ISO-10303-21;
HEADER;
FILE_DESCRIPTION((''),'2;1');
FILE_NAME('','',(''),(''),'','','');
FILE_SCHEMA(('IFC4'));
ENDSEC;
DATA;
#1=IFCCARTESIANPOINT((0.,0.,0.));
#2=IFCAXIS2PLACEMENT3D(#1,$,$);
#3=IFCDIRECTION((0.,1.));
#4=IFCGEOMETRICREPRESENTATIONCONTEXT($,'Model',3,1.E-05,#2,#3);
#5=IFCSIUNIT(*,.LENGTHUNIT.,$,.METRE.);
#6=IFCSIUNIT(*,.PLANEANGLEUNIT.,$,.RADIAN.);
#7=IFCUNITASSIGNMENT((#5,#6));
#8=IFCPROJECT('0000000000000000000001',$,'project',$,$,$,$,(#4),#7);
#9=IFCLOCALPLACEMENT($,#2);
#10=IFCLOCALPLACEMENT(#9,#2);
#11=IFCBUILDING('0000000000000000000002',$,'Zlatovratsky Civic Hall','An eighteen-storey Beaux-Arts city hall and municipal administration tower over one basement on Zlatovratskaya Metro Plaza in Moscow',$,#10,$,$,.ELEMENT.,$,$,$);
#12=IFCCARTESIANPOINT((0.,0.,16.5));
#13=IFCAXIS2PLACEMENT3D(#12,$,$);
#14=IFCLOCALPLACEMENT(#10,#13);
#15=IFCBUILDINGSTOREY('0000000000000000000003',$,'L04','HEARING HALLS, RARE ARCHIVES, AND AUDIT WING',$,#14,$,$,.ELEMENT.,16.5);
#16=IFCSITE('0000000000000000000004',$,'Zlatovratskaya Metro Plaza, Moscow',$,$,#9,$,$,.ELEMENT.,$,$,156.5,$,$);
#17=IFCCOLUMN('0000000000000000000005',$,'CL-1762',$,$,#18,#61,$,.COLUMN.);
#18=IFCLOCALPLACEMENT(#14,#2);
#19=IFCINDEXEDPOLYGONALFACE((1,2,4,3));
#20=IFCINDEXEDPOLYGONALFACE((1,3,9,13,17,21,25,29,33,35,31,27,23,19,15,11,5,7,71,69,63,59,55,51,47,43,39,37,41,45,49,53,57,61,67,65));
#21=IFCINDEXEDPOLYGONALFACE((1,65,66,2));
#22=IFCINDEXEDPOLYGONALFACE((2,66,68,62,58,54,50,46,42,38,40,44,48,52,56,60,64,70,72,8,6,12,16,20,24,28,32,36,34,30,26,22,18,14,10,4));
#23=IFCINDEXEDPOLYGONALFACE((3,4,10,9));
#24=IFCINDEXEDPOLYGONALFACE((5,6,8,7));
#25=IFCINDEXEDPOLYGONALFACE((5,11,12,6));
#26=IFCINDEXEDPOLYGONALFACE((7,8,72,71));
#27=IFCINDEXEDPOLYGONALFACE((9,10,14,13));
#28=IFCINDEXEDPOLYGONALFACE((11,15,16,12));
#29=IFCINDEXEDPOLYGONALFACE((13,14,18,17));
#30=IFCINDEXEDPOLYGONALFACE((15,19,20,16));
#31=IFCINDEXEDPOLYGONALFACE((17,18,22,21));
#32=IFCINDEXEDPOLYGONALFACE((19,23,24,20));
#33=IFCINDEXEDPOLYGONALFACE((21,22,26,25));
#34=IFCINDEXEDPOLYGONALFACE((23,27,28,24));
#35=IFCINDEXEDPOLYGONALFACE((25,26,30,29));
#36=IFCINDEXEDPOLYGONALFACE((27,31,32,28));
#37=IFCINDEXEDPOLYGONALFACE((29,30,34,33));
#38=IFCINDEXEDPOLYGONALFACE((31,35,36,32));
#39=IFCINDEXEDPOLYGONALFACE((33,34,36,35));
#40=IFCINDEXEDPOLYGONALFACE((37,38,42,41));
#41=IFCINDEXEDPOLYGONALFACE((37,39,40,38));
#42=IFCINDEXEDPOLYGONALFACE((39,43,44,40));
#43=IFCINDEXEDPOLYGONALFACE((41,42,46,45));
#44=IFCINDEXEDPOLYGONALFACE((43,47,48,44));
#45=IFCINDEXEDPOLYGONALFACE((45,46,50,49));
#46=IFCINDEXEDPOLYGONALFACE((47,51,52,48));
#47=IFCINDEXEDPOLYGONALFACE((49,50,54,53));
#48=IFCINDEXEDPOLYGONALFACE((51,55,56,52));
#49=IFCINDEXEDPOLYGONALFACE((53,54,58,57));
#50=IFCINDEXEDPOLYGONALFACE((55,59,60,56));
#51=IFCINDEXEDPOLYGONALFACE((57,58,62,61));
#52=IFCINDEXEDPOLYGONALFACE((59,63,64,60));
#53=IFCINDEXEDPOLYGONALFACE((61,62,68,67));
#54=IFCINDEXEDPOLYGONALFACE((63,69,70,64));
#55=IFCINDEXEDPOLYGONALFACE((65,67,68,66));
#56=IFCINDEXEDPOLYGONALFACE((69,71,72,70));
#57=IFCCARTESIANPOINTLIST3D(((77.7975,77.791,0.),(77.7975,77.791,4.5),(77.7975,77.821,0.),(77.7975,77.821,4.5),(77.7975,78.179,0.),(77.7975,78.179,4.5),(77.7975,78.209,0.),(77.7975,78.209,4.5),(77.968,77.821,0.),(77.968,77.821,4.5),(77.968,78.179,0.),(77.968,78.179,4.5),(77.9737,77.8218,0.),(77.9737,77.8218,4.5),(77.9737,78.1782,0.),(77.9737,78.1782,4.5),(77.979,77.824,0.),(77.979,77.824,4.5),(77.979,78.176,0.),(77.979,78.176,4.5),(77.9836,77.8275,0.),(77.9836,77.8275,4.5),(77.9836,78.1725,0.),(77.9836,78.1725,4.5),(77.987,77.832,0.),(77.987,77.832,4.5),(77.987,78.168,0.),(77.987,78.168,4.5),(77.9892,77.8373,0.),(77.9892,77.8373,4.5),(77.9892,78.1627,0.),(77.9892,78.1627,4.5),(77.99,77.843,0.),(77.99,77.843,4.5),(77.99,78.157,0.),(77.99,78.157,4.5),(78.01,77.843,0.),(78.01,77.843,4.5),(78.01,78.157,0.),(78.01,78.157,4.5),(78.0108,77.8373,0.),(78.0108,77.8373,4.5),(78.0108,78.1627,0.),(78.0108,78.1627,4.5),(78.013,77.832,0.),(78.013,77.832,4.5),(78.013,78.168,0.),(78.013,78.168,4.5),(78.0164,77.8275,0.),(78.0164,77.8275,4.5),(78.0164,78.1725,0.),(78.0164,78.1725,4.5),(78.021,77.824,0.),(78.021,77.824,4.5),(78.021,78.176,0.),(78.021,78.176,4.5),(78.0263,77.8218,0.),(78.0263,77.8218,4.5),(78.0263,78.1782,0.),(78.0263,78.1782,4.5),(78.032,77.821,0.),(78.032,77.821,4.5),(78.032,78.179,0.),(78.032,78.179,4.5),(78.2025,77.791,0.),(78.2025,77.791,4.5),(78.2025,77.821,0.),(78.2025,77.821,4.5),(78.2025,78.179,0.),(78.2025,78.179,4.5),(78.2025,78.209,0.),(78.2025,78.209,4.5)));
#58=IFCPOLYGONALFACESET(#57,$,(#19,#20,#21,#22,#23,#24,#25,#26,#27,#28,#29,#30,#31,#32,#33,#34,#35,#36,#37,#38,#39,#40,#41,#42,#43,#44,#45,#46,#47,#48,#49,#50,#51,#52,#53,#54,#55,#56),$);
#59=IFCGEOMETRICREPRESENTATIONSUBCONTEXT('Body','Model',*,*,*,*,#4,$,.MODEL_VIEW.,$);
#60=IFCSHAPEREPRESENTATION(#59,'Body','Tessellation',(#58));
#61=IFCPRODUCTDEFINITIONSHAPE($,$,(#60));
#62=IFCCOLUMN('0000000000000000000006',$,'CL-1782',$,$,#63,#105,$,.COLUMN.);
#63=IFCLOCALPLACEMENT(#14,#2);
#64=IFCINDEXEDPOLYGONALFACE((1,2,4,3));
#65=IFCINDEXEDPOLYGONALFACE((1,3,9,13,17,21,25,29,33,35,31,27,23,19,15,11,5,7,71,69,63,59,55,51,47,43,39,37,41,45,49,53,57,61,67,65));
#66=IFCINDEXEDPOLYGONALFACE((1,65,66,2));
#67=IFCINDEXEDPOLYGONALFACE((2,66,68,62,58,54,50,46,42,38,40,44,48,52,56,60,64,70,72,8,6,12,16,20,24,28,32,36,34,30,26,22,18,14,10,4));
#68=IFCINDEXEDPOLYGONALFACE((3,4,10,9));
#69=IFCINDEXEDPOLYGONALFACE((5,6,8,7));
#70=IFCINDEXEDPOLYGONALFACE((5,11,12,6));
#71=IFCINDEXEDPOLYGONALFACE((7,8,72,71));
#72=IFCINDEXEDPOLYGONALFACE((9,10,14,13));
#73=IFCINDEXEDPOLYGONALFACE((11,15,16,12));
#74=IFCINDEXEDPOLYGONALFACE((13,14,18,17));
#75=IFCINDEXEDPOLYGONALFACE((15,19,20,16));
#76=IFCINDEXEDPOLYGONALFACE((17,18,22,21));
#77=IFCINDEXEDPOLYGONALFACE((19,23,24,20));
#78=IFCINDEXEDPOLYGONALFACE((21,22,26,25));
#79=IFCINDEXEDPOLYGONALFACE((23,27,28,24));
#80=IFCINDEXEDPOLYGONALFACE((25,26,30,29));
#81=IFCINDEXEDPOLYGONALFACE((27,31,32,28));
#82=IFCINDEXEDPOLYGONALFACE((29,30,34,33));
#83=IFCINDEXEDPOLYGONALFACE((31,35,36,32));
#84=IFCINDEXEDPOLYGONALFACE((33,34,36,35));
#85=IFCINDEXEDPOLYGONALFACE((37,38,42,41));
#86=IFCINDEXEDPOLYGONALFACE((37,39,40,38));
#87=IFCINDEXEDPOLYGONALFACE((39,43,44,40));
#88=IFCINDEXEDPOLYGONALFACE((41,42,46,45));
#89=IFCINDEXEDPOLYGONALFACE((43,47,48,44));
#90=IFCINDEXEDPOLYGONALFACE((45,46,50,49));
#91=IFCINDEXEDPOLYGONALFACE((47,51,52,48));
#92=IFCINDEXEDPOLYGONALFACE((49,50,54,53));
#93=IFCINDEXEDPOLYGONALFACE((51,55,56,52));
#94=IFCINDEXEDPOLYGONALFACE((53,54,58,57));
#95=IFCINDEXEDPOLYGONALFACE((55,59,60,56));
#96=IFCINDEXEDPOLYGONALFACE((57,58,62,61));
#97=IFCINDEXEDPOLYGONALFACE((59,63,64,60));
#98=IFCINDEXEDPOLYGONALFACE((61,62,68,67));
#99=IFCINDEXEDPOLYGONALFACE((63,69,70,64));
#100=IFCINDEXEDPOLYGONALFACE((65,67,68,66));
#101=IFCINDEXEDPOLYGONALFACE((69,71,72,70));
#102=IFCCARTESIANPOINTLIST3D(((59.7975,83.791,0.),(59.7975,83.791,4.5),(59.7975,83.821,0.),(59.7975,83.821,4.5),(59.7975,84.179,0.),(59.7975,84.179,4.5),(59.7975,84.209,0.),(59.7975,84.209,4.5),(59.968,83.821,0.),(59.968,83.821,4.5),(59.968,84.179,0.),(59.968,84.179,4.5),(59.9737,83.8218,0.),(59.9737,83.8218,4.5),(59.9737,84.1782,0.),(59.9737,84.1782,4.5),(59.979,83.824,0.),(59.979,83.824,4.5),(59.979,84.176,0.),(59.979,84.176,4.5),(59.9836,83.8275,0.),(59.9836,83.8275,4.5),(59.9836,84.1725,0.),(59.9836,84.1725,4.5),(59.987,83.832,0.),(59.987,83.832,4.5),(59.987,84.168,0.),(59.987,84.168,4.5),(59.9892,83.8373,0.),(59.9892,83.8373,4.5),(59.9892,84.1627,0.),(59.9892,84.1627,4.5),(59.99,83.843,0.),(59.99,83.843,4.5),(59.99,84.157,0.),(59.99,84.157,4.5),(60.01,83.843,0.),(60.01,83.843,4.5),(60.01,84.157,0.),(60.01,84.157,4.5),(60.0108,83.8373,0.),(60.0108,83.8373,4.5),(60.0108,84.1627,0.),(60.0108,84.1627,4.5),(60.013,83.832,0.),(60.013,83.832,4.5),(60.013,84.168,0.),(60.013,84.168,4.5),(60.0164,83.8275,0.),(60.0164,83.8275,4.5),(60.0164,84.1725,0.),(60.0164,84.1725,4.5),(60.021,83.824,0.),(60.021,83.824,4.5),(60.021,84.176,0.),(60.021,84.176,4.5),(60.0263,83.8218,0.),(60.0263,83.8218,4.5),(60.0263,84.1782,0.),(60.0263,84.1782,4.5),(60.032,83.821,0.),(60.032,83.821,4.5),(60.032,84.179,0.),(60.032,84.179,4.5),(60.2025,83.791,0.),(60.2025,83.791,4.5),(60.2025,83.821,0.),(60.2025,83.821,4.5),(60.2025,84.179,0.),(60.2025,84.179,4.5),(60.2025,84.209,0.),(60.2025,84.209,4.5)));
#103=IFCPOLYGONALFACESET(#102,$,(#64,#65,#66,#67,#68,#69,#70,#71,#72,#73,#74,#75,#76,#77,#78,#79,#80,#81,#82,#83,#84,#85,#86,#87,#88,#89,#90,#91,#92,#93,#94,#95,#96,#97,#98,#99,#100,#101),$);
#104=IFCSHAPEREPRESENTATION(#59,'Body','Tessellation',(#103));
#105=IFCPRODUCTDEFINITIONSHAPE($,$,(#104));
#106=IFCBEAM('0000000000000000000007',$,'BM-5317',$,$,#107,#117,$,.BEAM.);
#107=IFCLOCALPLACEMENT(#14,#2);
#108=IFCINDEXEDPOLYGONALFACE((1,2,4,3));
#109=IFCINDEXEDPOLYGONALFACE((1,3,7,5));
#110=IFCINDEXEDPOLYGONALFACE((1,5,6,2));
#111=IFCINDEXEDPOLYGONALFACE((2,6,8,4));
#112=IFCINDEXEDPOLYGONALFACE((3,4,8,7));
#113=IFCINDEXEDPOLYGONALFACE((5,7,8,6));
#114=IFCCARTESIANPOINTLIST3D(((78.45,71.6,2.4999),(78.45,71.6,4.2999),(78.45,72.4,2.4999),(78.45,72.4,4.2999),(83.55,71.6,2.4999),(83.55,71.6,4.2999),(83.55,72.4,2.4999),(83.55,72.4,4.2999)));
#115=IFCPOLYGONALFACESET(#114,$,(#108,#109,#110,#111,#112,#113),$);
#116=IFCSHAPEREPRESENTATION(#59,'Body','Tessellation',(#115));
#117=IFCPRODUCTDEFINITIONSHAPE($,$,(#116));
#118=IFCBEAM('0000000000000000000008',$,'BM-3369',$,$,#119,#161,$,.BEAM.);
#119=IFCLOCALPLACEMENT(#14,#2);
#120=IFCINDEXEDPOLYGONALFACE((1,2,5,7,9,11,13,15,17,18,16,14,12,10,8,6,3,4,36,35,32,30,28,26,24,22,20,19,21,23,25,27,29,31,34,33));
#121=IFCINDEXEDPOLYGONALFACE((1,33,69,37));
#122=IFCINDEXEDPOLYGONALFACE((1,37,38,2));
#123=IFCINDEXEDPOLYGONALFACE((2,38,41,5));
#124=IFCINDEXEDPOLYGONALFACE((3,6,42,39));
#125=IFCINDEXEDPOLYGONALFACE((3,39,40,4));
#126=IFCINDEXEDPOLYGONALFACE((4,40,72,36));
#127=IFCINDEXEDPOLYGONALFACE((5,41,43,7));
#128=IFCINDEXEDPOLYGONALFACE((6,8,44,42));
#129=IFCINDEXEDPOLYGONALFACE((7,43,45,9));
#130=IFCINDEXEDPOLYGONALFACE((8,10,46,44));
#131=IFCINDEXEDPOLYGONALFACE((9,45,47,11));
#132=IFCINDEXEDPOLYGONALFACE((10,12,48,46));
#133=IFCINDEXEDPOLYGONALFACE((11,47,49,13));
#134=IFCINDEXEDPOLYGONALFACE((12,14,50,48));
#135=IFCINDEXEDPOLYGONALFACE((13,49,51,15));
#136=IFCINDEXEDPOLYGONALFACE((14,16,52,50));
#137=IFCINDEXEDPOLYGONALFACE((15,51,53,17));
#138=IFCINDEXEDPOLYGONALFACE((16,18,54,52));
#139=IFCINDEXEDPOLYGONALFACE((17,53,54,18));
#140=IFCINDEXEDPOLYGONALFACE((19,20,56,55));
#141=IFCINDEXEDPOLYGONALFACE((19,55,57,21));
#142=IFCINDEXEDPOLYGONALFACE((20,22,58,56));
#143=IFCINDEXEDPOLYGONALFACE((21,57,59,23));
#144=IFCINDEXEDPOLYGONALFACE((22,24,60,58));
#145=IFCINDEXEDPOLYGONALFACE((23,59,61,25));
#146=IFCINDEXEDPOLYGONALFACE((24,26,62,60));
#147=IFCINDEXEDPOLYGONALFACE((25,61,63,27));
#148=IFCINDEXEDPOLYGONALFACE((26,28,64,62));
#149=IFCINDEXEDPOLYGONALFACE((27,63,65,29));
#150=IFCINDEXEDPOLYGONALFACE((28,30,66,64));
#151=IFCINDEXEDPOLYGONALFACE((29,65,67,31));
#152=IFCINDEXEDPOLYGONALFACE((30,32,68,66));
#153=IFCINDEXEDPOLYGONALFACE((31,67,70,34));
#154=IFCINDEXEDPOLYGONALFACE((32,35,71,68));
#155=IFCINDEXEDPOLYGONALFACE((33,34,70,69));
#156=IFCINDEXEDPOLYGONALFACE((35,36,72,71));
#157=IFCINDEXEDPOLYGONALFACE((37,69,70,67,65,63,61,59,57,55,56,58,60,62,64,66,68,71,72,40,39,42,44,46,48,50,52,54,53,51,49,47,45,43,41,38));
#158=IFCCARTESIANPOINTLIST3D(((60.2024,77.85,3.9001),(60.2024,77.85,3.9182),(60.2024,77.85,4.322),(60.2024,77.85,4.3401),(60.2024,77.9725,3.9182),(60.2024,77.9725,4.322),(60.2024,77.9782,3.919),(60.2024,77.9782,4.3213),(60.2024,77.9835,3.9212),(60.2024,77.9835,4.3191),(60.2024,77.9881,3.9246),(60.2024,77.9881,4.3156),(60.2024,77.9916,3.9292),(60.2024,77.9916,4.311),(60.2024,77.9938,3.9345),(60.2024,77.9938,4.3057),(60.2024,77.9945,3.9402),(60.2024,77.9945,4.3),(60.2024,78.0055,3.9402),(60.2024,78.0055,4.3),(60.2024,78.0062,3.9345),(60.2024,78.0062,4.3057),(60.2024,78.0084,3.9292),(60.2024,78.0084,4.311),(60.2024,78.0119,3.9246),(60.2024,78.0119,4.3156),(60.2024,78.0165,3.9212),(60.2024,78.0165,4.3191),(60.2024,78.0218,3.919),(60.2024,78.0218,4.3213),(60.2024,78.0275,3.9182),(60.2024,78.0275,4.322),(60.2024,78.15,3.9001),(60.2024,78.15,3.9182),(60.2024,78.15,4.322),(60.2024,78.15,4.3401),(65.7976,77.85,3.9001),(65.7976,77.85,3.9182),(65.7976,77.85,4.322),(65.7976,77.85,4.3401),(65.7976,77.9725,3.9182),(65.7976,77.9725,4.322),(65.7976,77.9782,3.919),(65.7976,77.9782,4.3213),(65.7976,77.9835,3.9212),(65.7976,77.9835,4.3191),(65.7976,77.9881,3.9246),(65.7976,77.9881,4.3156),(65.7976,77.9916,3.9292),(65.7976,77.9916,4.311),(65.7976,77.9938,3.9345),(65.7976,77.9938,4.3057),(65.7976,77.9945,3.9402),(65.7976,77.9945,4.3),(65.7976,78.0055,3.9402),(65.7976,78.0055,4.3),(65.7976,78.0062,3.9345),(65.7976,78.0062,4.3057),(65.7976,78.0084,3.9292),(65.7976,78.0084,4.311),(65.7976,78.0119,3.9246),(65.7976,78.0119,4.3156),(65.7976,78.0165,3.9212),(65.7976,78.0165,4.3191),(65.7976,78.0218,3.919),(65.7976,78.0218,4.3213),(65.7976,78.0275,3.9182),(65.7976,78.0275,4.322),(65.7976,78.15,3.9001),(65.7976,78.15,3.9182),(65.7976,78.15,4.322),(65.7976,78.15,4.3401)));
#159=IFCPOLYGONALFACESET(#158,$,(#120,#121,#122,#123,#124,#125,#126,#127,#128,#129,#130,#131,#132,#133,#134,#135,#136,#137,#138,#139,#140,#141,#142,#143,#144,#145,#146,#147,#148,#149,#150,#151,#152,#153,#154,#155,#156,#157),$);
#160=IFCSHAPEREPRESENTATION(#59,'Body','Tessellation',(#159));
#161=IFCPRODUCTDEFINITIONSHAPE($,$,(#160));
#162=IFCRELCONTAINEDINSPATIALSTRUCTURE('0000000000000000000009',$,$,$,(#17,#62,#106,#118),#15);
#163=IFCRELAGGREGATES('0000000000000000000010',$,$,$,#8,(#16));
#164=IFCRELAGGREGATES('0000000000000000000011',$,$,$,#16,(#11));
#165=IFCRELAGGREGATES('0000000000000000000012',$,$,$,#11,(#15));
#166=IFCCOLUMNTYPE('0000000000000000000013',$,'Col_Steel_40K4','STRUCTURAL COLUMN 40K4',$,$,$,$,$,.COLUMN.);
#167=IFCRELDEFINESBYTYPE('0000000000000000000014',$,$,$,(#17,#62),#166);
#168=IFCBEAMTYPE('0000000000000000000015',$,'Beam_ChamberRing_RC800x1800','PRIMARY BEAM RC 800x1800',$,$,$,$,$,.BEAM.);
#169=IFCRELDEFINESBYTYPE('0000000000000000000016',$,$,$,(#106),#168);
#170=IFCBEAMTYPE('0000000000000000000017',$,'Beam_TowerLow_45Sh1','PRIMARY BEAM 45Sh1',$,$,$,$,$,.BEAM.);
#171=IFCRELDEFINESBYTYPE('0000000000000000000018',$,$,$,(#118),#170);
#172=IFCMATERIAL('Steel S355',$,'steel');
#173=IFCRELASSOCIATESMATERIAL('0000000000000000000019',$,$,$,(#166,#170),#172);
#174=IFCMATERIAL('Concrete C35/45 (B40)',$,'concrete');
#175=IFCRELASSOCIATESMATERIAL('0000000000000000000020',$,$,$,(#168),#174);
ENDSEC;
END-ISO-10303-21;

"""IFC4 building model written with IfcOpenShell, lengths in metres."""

from ifc_helpers import new_model, si_unit, direction, frame, origin, origin_2d, place, context, subcontext, project, spatial, rectangle, i_section, extrude, material, material_profile, profile_set, type_object, element, save


model = new_model("IFC4")

# Units and contexts
model_context = context("Model", 3, precision=1e-05, world=origin(), true_north=direction((0.0, 1.0)))
body_context = subcontext(model_context, "Body", "Model", "MODEL_VIEW")
ifc_project = project(units=[si_unit("LENGTHUNIT", "METRE"), si_unit("PLANEANGLEUNIT", "RADIAN")], contexts=[model_context])

# Site, building, storey
site_placement = place(None, origin())
site = spatial("IfcSite", under=ifc_project, at=site_placement, Name="Zlatovratskaya Metro Plaza, Moscow", CompositionType="ELEMENT", RefElevation=156.5)
building_placement = place(site_placement, origin())
building = spatial("IfcBuilding", under=site, at=building_placement, Name="Zlatovratsky Civic Hall", Description="An eighteen-storey Beaux-Arts city hall and municipal administration tower over one basement on Zlatovratskaya Metro Plaza in Moscow", CompositionType="ELEMENT")
storey_placement = place(building_placement, frame((0.0, 0.0, 16.5)))
storey = spatial("IfcBuildingStorey", under=building, at=storey_placement, Name="L04", Description="HEARING HALLS, RARE ARCHIVES, AND AUDIT WING", CompositionType="ELEMENT", Elevation=16.5)

# Columns
ifc_material_1 = material(Name="Concrete C35/45 (B40)", Category="concrete")
ifc_material_2 = material(Name="Steel S355", Category="steel")
ifc_material_profile_1 = material_profile(ifc_material_2, i_section(OverallWidth=0.405, OverallDepth=0.418, WebThickness=0.02, FlangeThickness=0.03, FilletRadius=0.022, at=origin_2d()), Name="40K4")
ifc_profile_set_1 = profile_set([ifc_material_profile_1], Name="Steel S355")
column_type_1 = type_object("IfcColumnType", Name="Col_Steel_40K4", Description="STRUCTURAL COLUMN 40K4", PredefinedType="COLUMN", material=ifc_profile_set_1)
for number, where, z_axis, x_axis, name in (
    (1, (78.0, 78.0, 0.0), (0.0, 0.0, 1.0), (1.0, 0.0, 0.0), "CL-1762"),
    (2, (60.0, 84.0, 0.0), (0.0, 0.0, 1.0), (1.0, 0.0, 0.0), "CL-1782"),
):
    element("IfcColumn", number, at=place(storey_placement, frame(where, z_axis=z_axis, x_axis=x_axis)), inside=storey, type_object=column_type_1, Name=name, PredefinedType="COLUMN", context=body_context, shape_type="SweptSolid", body=[
        extrude(i_section(OverallWidth=0.405, OverallDepth=0.418, WebThickness=0.02, FlangeThickness=0.03, FilletRadius=0.022, at=origin_2d()), origin(), (0.0, 0.0, 1.0), 4.5),
    ])

# Beams
ifc_material_profile_2 = material_profile(ifc_material_1, rectangle(XDim=0.8, YDim=1.8, at=origin_2d()), Name="RC 800x1800")
ifc_profile_set_2 = profile_set([ifc_material_profile_2], Name="Concrete C35/45 (B40)")
beam_type_1 = type_object("IfcBeamType", Name="Beam_ChamberRing_RC800x1800", Description="PRIMARY BEAM RC 800x1800", PredefinedType="BEAM", material=ifc_profile_set_2)
beam_1_placement = place(storey_placement, frame((78.45, 72.0, 3.3999), z_axis=(1.0, 0.0, 0.0), x_axis=(0.0, 1.0, 0.0)))
element("IfcBeam", 3, at=beam_1_placement, inside=storey, type_object=beam_type_1, Name="BM-5317", PredefinedType="BEAM", context=body_context, shape_type="SweptSolid", body=[
    extrude(rectangle(XDim=0.8, YDim=1.8, at=origin_2d()), origin(), (0.0, 0.0, 1.0), 5.1001),
])
ifc_material_profile_3 = material_profile(ifc_material_2, i_section(OverallWidth=0.3, OverallDepth=0.4399, WebThickness=0.011, FlangeThickness=0.0181, FilletRadius=0.022, at=origin_2d()), Name="45Sh1")
ifc_profile_set_3 = profile_set([ifc_material_profile_3], Name="Steel S355")
beam_type_2 = type_object("IfcBeamType", Name="Beam_TowerLow_45Sh1", Description="PRIMARY BEAM 45Sh1", PredefinedType="BEAM", material=ifc_profile_set_3)
for number, where, z_axis, x_axis, name in (
    (4, (60.2024, 78.0, 4.1201), (1.0, 0.0, 0.0), (0.0, 1.0, 0.0), "BM-3369"),
):
    element("IfcBeam", number, at=place(storey_placement, frame(where, z_axis=z_axis, x_axis=x_axis)), inside=storey, type_object=beam_type_2, Name=name, PredefinedType="BEAM", context=body_context, shape_type="SweptSolid", body=[
        extrude(i_section(OverallWidth=0.3, OverallDepth=0.4399, WebThickness=0.011, FlangeThickness=0.0181, FilletRadius=0.022, at=origin_2d()), origin(), (0.0, 0.0, 1.0), 5.5952),
    ])

save(model, "model.ifc")
